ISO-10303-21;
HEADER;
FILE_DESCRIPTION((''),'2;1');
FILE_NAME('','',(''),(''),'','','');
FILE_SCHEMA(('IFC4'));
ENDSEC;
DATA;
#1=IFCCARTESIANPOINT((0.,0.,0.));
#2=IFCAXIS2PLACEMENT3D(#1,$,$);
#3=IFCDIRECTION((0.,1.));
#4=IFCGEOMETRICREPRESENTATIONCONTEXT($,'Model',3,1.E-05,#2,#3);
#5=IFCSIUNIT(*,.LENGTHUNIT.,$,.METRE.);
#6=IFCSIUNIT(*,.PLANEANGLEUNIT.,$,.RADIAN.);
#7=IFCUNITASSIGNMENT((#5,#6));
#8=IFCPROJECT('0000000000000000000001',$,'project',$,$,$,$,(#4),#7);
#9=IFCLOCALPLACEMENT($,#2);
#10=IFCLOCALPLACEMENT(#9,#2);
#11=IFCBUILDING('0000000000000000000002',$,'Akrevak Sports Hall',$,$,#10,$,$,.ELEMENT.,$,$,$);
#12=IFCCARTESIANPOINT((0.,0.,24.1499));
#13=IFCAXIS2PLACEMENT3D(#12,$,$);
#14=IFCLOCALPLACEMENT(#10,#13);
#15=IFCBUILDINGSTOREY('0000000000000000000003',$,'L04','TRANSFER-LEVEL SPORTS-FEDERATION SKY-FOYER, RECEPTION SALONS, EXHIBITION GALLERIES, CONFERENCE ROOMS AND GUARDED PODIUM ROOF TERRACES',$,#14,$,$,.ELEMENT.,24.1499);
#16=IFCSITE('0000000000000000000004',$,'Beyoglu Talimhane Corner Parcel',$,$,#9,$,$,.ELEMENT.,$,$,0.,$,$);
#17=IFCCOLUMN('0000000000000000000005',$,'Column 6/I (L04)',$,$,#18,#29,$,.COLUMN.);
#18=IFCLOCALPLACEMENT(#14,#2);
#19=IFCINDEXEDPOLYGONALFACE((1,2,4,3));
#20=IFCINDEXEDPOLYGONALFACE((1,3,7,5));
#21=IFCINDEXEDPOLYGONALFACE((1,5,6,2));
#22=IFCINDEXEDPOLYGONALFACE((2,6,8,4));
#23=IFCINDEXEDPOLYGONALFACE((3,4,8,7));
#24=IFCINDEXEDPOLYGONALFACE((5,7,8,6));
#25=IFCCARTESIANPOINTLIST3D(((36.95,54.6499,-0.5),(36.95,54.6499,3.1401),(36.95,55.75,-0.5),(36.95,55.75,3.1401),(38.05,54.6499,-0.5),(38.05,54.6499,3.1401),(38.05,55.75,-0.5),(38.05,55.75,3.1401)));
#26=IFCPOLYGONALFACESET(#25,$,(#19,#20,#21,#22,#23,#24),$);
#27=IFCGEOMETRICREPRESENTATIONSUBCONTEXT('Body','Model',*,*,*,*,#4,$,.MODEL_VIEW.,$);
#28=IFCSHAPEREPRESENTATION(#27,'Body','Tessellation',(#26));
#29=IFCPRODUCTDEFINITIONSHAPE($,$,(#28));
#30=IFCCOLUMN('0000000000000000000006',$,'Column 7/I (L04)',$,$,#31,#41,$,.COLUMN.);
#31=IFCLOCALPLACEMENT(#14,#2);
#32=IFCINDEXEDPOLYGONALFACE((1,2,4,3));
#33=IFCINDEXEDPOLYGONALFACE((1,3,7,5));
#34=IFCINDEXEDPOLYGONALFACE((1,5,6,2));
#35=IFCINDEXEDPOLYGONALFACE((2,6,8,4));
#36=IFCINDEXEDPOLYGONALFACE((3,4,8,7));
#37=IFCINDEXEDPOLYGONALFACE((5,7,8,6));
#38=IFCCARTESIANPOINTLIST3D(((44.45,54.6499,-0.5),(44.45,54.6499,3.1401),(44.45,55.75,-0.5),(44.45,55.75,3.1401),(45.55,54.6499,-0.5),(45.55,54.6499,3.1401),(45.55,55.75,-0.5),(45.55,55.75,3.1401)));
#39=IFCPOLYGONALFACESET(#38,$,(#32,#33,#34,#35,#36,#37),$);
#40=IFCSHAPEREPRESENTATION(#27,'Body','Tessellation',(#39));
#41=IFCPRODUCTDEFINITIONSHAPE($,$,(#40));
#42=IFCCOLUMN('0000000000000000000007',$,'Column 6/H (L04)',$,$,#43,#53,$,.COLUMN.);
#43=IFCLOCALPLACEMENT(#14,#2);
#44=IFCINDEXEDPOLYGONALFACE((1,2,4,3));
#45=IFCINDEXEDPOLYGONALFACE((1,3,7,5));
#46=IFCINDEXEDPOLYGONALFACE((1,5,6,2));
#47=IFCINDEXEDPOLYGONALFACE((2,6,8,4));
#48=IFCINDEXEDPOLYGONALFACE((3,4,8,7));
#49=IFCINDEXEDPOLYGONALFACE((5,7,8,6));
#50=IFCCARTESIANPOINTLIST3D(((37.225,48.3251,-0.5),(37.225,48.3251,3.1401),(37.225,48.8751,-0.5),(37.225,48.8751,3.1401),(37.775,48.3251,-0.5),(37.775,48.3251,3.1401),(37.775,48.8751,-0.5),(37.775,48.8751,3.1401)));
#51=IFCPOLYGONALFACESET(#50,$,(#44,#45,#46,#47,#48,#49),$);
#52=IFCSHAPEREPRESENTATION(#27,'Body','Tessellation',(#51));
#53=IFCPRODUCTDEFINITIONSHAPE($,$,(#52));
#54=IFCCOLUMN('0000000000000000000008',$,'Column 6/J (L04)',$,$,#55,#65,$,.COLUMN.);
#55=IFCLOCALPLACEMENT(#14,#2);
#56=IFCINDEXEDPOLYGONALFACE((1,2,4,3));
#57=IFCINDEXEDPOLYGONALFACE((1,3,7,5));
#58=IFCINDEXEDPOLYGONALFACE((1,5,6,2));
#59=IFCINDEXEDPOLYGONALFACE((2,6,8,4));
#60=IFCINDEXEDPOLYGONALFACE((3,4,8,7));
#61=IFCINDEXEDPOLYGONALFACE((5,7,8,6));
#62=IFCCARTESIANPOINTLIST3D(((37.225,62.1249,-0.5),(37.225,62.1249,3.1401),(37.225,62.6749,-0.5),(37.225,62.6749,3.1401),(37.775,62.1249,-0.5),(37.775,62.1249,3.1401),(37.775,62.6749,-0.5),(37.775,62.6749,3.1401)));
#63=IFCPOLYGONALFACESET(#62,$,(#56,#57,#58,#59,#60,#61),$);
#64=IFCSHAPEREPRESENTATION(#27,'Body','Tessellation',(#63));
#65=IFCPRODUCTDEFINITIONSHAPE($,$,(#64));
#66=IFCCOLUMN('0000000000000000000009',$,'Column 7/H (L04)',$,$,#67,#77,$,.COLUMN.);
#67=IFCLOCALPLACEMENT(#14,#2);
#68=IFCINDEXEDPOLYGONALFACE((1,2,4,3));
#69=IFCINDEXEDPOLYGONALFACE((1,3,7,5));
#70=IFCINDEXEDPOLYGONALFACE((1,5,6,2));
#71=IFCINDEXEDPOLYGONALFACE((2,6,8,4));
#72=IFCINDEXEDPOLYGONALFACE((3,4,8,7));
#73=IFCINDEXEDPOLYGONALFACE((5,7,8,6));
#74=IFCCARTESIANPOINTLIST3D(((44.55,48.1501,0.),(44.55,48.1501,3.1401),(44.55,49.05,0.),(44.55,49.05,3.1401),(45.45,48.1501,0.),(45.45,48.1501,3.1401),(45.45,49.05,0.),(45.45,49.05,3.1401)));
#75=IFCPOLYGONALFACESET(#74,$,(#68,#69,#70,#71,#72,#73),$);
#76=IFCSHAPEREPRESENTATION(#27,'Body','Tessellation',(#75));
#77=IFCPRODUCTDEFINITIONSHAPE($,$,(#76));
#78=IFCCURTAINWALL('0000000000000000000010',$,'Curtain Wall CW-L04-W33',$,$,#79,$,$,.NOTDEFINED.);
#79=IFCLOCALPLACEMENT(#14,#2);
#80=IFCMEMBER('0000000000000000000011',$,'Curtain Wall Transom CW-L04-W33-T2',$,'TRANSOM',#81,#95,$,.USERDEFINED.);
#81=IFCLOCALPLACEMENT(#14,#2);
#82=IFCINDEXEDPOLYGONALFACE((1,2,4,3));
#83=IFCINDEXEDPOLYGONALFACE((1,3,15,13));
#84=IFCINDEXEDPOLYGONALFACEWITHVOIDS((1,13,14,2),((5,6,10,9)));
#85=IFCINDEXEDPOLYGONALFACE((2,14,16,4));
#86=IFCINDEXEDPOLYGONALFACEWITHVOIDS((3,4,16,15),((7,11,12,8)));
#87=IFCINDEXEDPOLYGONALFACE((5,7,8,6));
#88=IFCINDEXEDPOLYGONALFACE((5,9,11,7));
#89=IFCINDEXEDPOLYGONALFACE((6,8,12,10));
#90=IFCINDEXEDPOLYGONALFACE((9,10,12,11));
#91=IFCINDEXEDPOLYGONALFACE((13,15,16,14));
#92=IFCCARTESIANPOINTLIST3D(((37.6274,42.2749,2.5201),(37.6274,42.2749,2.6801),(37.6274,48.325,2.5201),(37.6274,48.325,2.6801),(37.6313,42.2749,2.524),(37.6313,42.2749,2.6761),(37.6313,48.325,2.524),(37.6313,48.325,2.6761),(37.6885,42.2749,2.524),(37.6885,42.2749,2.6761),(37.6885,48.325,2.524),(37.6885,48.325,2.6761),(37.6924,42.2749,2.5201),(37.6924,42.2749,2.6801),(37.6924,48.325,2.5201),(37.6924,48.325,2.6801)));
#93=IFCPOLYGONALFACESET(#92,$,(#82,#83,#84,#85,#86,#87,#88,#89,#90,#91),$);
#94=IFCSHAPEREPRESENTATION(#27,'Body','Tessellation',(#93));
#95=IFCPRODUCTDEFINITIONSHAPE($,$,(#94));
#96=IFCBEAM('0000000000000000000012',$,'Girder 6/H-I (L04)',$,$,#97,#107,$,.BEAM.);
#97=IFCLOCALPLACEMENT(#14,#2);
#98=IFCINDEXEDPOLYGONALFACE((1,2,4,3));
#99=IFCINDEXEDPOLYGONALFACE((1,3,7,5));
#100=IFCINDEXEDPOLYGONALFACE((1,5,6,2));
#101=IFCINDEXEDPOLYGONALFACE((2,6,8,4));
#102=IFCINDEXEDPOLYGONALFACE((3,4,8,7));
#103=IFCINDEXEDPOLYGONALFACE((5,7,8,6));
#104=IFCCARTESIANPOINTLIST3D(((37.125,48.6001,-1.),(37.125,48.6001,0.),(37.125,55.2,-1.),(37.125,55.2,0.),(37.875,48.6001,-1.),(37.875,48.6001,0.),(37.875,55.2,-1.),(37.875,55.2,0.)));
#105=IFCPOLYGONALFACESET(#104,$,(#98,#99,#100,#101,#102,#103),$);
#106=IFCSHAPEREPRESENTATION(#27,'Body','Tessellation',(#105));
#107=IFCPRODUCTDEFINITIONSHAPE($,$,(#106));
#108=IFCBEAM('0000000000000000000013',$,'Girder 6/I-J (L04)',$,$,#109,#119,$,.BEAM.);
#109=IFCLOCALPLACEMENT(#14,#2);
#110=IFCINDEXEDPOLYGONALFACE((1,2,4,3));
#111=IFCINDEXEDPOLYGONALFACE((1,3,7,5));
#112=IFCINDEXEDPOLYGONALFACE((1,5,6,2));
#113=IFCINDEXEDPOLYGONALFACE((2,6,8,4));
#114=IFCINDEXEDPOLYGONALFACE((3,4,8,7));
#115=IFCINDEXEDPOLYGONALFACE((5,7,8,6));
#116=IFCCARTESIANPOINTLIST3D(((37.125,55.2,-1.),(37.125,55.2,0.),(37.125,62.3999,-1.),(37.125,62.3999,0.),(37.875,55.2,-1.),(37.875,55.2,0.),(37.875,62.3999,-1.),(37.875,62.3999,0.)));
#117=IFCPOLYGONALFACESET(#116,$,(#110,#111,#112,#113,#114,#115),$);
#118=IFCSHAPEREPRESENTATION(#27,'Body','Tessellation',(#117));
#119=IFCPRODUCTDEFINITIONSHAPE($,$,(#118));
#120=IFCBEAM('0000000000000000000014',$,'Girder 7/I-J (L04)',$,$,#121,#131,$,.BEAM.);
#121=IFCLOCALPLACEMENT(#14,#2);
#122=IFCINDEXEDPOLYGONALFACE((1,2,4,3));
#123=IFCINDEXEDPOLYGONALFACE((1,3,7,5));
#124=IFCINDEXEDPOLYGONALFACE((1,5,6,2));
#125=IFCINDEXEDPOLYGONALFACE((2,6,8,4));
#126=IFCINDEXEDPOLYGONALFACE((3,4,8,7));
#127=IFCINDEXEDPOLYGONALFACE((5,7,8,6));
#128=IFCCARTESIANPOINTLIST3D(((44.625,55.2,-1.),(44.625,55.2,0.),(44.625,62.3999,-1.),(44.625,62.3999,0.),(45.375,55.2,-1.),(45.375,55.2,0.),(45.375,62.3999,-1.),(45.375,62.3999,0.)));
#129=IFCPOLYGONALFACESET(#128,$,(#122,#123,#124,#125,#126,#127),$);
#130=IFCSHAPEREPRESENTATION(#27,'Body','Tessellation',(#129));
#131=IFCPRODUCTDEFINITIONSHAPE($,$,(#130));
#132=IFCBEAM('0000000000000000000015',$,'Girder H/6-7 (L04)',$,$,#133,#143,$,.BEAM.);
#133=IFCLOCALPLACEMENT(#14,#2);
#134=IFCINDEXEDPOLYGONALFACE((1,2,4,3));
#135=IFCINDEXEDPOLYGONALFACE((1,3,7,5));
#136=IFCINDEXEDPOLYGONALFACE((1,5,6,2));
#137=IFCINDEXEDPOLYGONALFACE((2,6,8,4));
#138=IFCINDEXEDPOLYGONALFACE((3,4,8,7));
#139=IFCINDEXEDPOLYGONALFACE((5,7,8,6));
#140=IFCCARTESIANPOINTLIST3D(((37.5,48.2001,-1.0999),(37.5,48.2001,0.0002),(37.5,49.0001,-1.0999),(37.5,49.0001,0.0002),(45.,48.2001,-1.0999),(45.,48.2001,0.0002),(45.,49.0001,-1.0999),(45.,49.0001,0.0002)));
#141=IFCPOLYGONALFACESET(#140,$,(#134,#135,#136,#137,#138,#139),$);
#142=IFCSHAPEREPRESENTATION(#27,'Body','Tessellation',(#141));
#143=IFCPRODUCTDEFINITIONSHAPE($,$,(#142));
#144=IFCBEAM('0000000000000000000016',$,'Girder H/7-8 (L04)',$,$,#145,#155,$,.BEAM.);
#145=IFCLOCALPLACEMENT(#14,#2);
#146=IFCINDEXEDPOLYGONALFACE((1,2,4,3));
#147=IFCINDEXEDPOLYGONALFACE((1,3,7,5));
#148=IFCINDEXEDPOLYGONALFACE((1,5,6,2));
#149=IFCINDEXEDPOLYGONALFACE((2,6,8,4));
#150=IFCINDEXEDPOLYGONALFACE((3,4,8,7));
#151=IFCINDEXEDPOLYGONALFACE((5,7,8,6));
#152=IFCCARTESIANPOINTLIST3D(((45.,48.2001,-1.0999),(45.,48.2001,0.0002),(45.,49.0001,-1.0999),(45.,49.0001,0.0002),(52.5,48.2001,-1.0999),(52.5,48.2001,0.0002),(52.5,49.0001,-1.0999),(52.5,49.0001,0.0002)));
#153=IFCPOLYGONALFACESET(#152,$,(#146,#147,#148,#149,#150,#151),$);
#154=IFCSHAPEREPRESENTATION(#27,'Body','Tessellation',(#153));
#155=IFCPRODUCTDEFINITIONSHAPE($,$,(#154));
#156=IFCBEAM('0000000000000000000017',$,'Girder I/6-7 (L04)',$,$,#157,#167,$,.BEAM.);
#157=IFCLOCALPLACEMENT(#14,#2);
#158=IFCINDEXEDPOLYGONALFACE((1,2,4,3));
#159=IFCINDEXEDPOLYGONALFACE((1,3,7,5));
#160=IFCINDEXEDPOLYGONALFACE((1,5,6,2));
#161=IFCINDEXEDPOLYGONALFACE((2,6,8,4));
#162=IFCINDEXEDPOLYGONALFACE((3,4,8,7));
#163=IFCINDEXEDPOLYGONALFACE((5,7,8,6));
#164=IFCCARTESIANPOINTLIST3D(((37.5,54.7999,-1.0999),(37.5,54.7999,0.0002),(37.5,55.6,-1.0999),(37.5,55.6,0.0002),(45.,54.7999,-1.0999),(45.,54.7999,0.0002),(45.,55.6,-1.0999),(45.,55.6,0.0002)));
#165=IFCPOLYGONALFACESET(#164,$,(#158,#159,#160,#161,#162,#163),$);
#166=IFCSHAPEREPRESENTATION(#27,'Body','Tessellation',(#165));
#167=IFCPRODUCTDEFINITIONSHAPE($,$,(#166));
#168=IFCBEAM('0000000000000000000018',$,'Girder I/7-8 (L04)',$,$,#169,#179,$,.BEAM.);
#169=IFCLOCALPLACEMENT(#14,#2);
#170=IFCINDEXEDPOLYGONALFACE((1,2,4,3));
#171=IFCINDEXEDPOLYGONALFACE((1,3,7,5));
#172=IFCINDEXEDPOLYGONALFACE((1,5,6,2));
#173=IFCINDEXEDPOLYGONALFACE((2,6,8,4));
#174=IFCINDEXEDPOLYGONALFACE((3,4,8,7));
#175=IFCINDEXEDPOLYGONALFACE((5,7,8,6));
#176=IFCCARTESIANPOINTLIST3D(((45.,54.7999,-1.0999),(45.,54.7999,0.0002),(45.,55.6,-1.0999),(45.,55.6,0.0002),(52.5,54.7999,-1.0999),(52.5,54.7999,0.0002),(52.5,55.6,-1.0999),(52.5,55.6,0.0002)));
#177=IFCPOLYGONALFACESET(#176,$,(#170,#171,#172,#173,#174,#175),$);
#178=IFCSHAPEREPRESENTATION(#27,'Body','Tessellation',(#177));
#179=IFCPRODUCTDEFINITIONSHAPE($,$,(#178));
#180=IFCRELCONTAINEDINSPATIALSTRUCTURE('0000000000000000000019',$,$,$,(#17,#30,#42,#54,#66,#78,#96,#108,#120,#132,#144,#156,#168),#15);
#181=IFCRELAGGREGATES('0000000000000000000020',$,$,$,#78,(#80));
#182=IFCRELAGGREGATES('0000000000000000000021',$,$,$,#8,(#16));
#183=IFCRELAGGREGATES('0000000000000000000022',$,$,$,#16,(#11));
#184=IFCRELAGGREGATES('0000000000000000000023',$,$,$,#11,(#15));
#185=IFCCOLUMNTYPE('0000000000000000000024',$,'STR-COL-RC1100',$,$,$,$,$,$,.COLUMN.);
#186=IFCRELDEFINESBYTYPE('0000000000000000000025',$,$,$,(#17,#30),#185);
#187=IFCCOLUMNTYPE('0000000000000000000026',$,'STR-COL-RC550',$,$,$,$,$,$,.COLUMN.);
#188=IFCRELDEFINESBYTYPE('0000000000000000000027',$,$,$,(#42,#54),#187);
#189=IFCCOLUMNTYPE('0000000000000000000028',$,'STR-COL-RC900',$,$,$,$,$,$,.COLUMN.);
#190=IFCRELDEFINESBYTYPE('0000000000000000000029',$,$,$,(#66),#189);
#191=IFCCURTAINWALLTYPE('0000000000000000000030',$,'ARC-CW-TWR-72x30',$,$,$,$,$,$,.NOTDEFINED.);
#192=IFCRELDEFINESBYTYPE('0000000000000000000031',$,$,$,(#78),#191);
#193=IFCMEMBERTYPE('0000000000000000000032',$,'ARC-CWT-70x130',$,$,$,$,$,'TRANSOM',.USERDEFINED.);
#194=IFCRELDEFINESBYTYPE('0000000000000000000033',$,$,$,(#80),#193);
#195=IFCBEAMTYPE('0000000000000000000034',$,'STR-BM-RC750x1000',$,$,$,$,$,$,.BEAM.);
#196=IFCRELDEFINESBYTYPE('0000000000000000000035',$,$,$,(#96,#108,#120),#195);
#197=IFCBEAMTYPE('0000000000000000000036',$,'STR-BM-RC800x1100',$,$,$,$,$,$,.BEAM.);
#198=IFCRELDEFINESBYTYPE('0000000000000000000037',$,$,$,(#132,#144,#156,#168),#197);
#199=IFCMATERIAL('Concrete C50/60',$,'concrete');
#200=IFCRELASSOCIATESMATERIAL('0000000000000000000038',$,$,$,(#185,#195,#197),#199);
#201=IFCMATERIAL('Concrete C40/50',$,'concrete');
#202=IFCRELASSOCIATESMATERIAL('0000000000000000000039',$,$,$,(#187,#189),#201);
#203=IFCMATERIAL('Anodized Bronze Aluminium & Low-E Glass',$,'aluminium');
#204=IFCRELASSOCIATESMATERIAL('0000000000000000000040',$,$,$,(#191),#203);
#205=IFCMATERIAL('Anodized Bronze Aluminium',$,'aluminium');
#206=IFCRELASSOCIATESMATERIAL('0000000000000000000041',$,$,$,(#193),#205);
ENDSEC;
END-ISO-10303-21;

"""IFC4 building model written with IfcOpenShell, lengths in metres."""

from ifc_helpers import new_model, si_unit, direction, frame, origin, origin_2d, place, context, subcontext, project, spatial, rectangle, hollow_rectangle, extrude, material, material_profile, profile_set, type_object, element, aggregate, save


model = new_model("IFC4")

# Units and contexts
model_context = context("Model", 3, precision=1e-05, world=origin(), true_north=direction((0.0, 1.0)))
body_context = subcontext(model_context, "Body", "Model", "MODEL_VIEW")
ifc_project = project(units=[si_unit("LENGTHUNIT", "METRE"), si_unit("PLANEANGLEUNIT", "RADIAN")], contexts=[model_context])

# Site, building, storey
site_placement = place(None, origin())
site = spatial("IfcSite", under=ifc_project, at=site_placement, Name="Beyoglu Talimhane Corner Parcel", CompositionType="ELEMENT", RefElevation=0.0)
building_placement = place(site_placement, origin())
building = spatial("IfcBuilding", under=site, at=building_placement, Name="Akrevak Sports Hall", CompositionType="ELEMENT")
storey_placement = place(building_placement, frame((0.0, 0.0, 24.1499)))
storey = spatial("IfcBuildingStorey", under=building, at=storey_placement, Name="L04", Description="TRANSFER-LEVEL SPORTS-FEDERATION SKY-FOYER, RECEPTION SALONS, EXHIBITION GALLERIES, CONFERENCE ROOMS AND GUARDED PODIUM ROOF TERRACES", CompositionType="ELEMENT", Elevation=24.1499)

# Columns
ifc_material_1 = material(Name="Concrete C50/60", Category="concrete")
ifc_material_profile_1 = material_profile(ifc_material_1, rectangle(XDim=1.1001, YDim=1.1001, at=origin_2d()), Name="RC 1100x1100", Category="concrete")
ifc_profile_set_1 = profile_set([ifc_material_profile_1], Name="Concrete C50/60")
column_type_1 = type_object("IfcColumnType", Name="STR-COL-RC1100", PredefinedType="COLUMN", material=ifc_profile_set_1)
for number, where, z_axis, x_axis, name in (
    (1, (37.5, 55.2, -0.5), (0.0, 0.0, 1.0), (1.0, 0.0, 0.0), "Column 6/I (L04)"),
    (2, (45.0, 55.2, -0.5), (0.0, 0.0, 1.0), (1.0, 0.0, 0.0), "Column 7/I (L04)"),
):
    element("IfcColumn", number, at=place(storey_placement, frame(where, z_axis=z_axis, x_axis=x_axis)), inside=storey, type_object=column_type_1, Name=name, PredefinedType="COLUMN", context=body_context, shape_type="SweptSolid", body=[
        extrude(rectangle(XDim=1.1001, YDim=1.1001, at=origin_2d()), origin(), (0.0, 0.0, 1.0), 3.6401),
    ])
ifc_material_2 = material(Name="Concrete C40/50", Category="concrete")
ifc_material_profile_2 = material_profile(ifc_material_2, rectangle(XDim=0.55, YDim=0.55, at=origin_2d()), Name="RC 550x550", Category="concrete")
ifc_profile_set_2 = profile_set([ifc_material_profile_2], Name="Concrete C40/50")
column_type_2 = type_object("IfcColumnType", Name="STR-COL-RC550", PredefinedType="COLUMN", material=ifc_profile_set_2)
for number, where, z_axis, x_axis, name in (
    (3, (37.5, 48.6001, -0.5), (0.0, 0.0, 1.0), (1.0, 0.0, 0.0), "Column 6/H (L04)"),
    (4, (37.5, 62.3999, -0.5), (0.0, 0.0, 1.0), (1.0, 0.0, 0.0), "Column 6/J (L04)"),
):
    element("IfcColumn", number, at=place(storey_placement, frame(where, z_axis=z_axis, x_axis=x_axis)), inside=storey, type_object=column_type_2, Name=name, PredefinedType="COLUMN", context=body_context, shape_type="SweptSolid", body=[
        extrude(rectangle(XDim=0.55, YDim=0.55, at=origin_2d()), origin(), (0.0, 0.0, 1.0), 3.6401),
    ])
ifc_material_profile_3 = material_profile(ifc_material_2, rectangle(XDim=0.8999, YDim=0.8999, at=origin_2d()), Name="RC 900x900", Category="concrete")
ifc_profile_set_3 = profile_set([ifc_material_profile_3], Name="Concrete C40/50")
column_type_3 = type_object("IfcColumnType", Name="STR-COL-RC900", PredefinedType="COLUMN", material=ifc_profile_set_3)
column_placement = place(storey_placement, frame((45.0, 48.6001, 0.0), z_axis=(0.0, 0.0, 1.0), x_axis=(1.0, 0.0, 0.0)))
element("IfcColumn", 5, at=column_placement, inside=storey, type_object=column_type_3, Name="Column 7/H (L04)", PredefinedType="COLUMN", context=body_context, shape_type="SweptSolid", body=[
    extrude(rectangle(XDim=0.8999, YDim=0.8999, at=origin_2d()), origin(), (0.0, 0.0, 1.0), 3.1401),
])

# Curtain wall, member
ifc_material_3 = material(Name="Anodized Bronze Aluminium & Low-E Glass", Category="aluminium")
curtain_wall_type = type_object("IfcCurtainWallType", Name="ARC-CW-TWR-72x30", PredefinedType="NOTDEFINED", material=ifc_material_3)
curtain_wall_placement = place(storey_placement, origin())
curtain_wall = element("IfcCurtainWall", 6, at=curtain_wall_placement, inside=storey, type_object=curtain_wall_type, Name="Curtain Wall CW-L04-W33", PredefinedType="NOTDEFINED")
ifc_material_4 = material(Name="Anodized Bronze Aluminium", Category="aluminium")
ifc_material_profile_4 = material_profile(ifc_material_4, hollow_rectangle(XDim=0.0649, YDim=0.1599, WallThickness=0.0039, at=origin_2d()), Name="CWT 65x160", Category="aluminium")
ifc_profile_set_4 = profile_set([ifc_material_profile_4], Name="Anodized Bronze Aluminium")
member_type = type_object("IfcMemberType", Name="ARC-CWT-70x130", ElementType="TRANSOM", PredefinedType="USERDEFINED", material=ifc_profile_set_4)
member_placement = place(storey_placement, frame((37.6599, 48.325, 2.6001), z_axis=(0.0, -1.0, 0.0), x_axis=(1.0, 0.0, 0.0)))
member = element("IfcMember", 7, at=member_placement, type_object=member_type, Name="Curtain Wall Transom CW-L04-W33-T2", ObjectType="TRANSOM", PredefinedType="USERDEFINED", context=body_context, shape_type="SweptSolid", body=[
    extrude(hollow_rectangle(XDim=0.0649, YDim=0.1599, WallThickness=0.0039, at=origin_2d()), origin(), (0.0, 0.0, 1.0), 6.05),
])
aggregate(curtain_wall, [member])

# Beams
ifc_material_profile_5 = material_profile(ifc_material_1, rectangle(XDim=0.75, YDim=1.0, at=origin_2d()), Name="BM 750x1000", Category="concrete")
ifc_profile_set_5 = profile_set([ifc_material_profile_5], Name="Concrete C50/60")
beam_type_1 = type_object("IfcBeamType", Name="STR-BM-RC750x1000", PredefinedType="BEAM", material=ifc_profile_set_5)
beam_placement = place(storey_placement, frame((37.5, 48.6001, -0.5), z_axis=(0.0, 1.0, 0.0), x_axis=(-1.0, 0.0, 0.0)))
element("IfcBeam", 8, at=beam_placement, inside=storey, type_object=beam_type_1, Name="Girder 6/H-I (L04)", PredefinedType="BEAM", context=body_context, shape_type="SweptSolid", body=[
    extrude(rectangle(XDim=0.75, YDim=1.0, at=origin_2d()), origin(), (0.0, 0.0, 1.0), 6.5999),
])
for number, where, z_axis, x_axis, name in (
    (9, (37.5, 55.2, -0.5), (0.0, 1.0, 0.0), (-1.0, 0.0, 0.0), "Girder 6/I-J (L04)"),
    (10, (45.0, 55.2, -0.5), (0.0, 1.0, 0.0), (-1.0, 0.0, 0.0), "Girder 7/I-J (L04)"),
):
    element("IfcBeam", number, at=place(storey_placement, frame(where, z_axis=z_axis, x_axis=x_axis)), inside=storey, type_object=beam_type_1, Name=name, PredefinedType="BEAM", context=body_context, shape_type="SweptSolid", body=[
        extrude(rectangle(XDim=0.75, YDim=1.0, at=origin_2d()), origin(), (0.0, 0.0, 1.0), 7.2),
    ])
ifc_material_profile_6 = material_profile(ifc_material_1, rectangle(XDim=0.8, YDim=1.1001, at=origin_2d()), Name="BM 800x1100", Category="concrete")
ifc_profile_set_6 = profile_set([ifc_material_profile_6], Name="Concrete C50/60")
beam_type_2 = type_object("IfcBeamType", Name="STR-BM-RC800x1100", PredefinedType="BEAM", material=ifc_profile_set_6)
for number, where, z_axis, x_axis, name in (
    (11, (37.5, 48.6001, -0.5498), (1.0, 0.0, 0.0), (0.0, 1.0, 0.0), "Girder H/6-7 (L04)"),
    (12, (45.0, 48.6001, -0.5498), (1.0, 0.0, 0.0), (0.0, 1.0, 0.0), "Girder H/7-8 (L04)"),
    (13, (37.5, 55.2, -0.5498), (1.0, 0.0, 0.0), (0.0, 1.0, 0.0), "Girder I/6-7 (L04)"),
    (14, (45.0, 55.2, -0.5498), (1.0, 0.0, 0.0), (0.0, 1.0, 0.0), "Girder I/7-8 (L04)"),
):
    element("IfcBeam", number, at=place(storey_placement, frame(where, z_axis=z_axis, x_axis=x_axis)), inside=storey, type_object=beam_type_2, Name=name, PredefinedType="BEAM", context=body_context, shape_type="SweptSolid", body=[
        extrude(rectangle(XDim=0.8, YDim=1.1001, at=origin_2d()), origin(), (0.0, 0.0, 1.0), 7.5),
    ])

save(model, "model.ifc")
